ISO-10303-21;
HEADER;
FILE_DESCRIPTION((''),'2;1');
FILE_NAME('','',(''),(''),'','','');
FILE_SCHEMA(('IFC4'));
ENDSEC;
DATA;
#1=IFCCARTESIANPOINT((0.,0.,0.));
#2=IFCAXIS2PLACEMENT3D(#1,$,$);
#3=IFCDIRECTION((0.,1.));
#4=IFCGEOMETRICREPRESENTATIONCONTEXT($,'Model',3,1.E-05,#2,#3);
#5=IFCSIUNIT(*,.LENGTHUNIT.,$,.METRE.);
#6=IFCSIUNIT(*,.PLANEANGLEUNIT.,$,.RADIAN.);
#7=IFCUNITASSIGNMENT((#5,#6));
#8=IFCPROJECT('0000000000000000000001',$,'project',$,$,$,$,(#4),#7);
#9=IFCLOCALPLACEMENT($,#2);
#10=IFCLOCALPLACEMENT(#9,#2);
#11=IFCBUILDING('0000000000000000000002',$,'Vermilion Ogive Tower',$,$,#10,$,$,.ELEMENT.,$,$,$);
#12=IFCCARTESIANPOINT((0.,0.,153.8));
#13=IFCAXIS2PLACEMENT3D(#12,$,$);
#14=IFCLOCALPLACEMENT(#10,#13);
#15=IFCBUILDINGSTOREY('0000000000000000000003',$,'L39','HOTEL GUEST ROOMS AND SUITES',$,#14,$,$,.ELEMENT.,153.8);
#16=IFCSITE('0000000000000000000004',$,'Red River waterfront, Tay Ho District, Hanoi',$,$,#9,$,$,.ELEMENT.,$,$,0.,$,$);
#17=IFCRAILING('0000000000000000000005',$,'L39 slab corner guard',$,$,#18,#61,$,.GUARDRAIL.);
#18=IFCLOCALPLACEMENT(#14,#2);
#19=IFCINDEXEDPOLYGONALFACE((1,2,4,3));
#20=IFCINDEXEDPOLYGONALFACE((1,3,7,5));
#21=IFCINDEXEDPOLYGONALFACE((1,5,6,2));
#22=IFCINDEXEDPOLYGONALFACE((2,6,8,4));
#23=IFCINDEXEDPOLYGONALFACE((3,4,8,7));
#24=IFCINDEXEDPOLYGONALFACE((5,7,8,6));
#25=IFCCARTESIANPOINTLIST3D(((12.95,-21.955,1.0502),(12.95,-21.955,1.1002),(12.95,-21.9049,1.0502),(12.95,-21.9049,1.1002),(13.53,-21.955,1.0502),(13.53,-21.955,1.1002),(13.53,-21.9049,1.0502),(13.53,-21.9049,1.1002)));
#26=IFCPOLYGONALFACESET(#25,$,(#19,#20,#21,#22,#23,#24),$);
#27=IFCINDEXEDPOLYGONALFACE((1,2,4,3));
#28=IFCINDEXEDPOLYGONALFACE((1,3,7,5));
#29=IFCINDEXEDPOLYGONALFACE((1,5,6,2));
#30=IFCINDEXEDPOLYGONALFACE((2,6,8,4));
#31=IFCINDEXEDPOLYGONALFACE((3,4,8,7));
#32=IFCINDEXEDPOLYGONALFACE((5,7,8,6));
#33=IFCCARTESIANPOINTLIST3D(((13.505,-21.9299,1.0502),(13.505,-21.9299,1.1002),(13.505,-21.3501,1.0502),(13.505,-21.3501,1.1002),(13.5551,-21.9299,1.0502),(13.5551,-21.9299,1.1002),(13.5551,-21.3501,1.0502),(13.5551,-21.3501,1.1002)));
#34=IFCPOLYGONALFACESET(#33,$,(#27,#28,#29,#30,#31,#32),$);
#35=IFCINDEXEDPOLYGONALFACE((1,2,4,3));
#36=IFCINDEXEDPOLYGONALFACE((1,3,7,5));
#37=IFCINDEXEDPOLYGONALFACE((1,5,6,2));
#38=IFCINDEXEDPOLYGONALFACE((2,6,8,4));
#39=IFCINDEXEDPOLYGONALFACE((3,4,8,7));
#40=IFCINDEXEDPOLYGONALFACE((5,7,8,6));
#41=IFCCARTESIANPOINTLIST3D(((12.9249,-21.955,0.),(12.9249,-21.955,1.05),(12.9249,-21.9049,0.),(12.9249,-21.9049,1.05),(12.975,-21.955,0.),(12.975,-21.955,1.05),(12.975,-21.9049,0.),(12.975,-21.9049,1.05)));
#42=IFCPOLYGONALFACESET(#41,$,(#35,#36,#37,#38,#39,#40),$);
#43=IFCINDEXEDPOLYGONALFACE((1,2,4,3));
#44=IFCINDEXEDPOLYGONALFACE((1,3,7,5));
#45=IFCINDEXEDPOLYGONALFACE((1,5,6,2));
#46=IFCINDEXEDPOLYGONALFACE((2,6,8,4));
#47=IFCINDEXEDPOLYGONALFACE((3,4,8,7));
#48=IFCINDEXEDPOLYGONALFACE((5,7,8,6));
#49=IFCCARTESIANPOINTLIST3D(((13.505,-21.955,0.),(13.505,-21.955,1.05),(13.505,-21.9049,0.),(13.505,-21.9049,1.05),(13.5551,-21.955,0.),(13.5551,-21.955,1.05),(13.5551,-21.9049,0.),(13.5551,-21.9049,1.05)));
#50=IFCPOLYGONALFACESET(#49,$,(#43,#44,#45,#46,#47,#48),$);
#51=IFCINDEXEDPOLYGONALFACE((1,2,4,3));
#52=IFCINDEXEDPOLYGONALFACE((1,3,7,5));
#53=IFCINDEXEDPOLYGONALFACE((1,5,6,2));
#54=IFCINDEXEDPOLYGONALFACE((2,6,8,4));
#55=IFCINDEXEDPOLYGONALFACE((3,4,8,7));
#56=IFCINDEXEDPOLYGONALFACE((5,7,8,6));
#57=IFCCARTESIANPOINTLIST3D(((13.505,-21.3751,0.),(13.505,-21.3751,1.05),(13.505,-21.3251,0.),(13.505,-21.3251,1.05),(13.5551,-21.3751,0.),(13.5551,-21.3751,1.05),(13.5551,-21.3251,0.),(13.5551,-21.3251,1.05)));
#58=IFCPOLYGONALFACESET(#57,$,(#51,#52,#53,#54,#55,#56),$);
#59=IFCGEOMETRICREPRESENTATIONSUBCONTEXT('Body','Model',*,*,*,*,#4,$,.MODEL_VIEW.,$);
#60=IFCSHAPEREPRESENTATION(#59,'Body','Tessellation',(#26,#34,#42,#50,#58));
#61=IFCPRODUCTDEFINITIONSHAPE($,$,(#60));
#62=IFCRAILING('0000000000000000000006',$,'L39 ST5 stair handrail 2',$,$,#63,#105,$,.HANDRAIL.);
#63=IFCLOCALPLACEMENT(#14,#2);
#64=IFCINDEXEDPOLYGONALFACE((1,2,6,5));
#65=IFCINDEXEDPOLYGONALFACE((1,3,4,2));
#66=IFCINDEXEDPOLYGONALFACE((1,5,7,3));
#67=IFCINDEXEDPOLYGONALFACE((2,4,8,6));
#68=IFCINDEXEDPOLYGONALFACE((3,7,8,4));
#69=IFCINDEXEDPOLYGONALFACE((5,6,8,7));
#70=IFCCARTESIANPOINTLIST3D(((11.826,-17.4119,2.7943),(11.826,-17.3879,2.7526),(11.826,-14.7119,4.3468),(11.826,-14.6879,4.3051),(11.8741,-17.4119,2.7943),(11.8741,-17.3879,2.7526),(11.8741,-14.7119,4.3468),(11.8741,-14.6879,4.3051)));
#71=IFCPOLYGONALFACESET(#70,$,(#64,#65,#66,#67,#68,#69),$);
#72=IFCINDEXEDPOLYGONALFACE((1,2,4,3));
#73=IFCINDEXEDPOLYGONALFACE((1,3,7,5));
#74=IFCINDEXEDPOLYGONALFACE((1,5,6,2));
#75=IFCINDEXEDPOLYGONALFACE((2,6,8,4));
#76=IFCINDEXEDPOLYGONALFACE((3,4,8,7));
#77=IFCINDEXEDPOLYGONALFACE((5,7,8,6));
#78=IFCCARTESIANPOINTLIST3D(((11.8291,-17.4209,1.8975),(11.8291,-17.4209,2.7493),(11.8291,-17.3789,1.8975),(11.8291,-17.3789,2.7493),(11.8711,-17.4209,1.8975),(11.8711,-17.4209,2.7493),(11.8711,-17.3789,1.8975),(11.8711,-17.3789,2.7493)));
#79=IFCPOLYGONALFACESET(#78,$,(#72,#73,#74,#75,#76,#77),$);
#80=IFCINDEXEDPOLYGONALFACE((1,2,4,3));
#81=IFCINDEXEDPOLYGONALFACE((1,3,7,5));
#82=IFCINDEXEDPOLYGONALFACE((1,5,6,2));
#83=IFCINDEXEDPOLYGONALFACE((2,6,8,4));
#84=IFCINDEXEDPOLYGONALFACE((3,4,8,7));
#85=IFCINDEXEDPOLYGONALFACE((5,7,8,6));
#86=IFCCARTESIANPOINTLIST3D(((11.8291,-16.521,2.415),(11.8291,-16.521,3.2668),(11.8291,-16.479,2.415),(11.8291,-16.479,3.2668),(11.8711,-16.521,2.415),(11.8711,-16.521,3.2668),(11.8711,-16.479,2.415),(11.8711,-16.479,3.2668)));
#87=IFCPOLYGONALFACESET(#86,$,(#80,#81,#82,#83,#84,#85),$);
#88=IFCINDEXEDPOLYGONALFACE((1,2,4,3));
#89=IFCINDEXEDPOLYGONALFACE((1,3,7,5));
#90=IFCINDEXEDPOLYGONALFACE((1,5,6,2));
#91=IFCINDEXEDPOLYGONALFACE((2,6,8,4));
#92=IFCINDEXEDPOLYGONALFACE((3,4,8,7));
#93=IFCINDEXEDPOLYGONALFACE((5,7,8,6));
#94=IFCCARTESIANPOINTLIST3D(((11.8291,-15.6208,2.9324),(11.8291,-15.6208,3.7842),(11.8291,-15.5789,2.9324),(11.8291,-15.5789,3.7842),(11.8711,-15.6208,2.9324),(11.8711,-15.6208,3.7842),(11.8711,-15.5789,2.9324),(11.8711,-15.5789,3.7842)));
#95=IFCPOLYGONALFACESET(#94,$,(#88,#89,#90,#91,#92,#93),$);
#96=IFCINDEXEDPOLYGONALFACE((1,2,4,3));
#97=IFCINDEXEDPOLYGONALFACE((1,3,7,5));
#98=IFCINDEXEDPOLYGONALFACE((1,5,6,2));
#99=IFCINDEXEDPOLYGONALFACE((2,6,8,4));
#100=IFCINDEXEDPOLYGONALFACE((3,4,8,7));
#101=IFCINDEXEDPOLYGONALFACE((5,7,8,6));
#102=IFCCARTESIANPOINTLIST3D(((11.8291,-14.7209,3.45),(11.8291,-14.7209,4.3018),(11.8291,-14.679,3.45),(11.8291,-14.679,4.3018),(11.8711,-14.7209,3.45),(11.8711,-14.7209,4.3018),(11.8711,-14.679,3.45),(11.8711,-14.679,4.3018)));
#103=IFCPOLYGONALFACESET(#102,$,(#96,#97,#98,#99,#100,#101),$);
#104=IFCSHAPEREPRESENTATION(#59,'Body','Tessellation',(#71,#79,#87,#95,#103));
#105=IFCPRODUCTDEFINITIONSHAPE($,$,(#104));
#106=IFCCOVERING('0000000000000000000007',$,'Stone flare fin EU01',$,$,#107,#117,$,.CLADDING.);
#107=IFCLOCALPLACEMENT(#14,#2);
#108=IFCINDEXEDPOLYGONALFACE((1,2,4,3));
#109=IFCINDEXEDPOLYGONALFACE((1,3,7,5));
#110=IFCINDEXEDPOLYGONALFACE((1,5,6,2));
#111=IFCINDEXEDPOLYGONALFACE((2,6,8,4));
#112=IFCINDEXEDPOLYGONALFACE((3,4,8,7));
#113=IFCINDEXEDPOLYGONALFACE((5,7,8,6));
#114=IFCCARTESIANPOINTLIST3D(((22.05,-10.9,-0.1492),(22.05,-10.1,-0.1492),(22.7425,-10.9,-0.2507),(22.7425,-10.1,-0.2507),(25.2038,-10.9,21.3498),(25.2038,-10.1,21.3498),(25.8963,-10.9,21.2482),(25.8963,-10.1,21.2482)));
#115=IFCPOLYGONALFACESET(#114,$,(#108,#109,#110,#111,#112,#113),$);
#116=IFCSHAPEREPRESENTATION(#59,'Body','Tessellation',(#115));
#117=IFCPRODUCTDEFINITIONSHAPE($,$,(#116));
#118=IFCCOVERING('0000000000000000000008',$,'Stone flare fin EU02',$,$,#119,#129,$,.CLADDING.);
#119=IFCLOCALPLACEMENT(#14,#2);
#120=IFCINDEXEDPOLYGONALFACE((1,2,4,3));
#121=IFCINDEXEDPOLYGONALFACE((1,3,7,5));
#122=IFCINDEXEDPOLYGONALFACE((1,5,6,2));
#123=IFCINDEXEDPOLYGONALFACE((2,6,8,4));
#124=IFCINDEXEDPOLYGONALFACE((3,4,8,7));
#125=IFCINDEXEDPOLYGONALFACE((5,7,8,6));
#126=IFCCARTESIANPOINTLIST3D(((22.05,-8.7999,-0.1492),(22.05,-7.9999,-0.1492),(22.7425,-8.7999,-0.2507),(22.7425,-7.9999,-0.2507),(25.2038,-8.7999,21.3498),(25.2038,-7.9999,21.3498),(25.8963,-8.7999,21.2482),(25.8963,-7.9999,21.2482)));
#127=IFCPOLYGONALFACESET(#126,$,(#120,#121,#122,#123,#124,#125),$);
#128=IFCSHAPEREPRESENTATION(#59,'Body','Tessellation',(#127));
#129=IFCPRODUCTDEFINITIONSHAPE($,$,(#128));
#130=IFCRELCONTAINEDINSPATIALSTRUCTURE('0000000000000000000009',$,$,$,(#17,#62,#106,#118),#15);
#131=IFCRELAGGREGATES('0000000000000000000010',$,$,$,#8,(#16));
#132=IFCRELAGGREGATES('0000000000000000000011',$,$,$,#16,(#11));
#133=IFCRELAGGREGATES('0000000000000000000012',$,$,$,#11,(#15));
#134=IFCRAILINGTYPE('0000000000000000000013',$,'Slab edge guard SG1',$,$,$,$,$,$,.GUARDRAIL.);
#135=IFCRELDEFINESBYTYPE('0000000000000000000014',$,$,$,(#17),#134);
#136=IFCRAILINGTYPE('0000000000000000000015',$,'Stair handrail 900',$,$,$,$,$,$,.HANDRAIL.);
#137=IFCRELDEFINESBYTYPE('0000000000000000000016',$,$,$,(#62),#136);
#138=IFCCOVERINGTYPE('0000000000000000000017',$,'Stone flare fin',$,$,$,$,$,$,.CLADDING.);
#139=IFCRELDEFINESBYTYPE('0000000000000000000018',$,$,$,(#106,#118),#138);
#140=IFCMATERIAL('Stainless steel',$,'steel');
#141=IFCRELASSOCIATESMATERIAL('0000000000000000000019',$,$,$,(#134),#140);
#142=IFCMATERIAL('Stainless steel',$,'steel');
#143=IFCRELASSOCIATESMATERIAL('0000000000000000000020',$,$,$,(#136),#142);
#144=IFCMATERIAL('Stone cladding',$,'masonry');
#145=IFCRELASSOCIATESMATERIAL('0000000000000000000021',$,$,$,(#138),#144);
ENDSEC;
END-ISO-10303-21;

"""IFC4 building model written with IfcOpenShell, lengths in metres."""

from ifc_helpers import new_model, si_unit, direction, frame, origin, origin_2d, place, context, subcontext, project, spatial, rectangle, extrude, material, material_profile, profile_set, type_object, element, save


model = new_model("IFC4")

# Units and contexts
model_context = context("Model", 3, precision=1e-05, world=origin(), true_north=direction((0.0, 1.0)))
body_context = subcontext(model_context, "Body", "Model", "MODEL_VIEW")
ifc_project = project(units=[si_unit("LENGTHUNIT", "METRE"), si_unit("PLANEANGLEUNIT", "RADIAN")], contexts=[model_context])

# Site, building, storey
site_placement = place(None, origin())
site = spatial("IfcSite", under=ifc_project, at=site_placement, Name="Red River waterfront, Tay Ho District, Hanoi", CompositionType="ELEMENT", RefElevation=0.0)
building_placement = place(site_placement, origin())
building = spatial("IfcBuilding", under=site, at=building_placement, Name="Vermilion Ogive Tower", CompositionType="ELEMENT")
storey_placement = place(building_placement, frame((0.0, 0.0, 153.8)))
storey = spatial("IfcBuildingStorey", under=building, at=storey_placement, Name="L39", Description="HOTEL GUEST ROOMS AND SUITES", CompositionType="ELEMENT", Elevation=153.8)

# Railings
ifc_material_1 = material(Name="Stainless steel", Category="steel")
railing_type_1 = type_object("IfcRailingType", Name="Slab edge guard SG1", PredefinedType="GUARDRAIL", material=ifc_material_1)
railing_1_placement = place(storey_placement, frame((12.95, -21.9299, 0.0)))
element("IfcRailing", 1, at=railing_1_placement, inside=storey, type_object=railing_type_1, Name="L39 slab corner guard", PredefinedType="GUARDRAIL", context=body_context, shape_type="SweptSolid", body=[
    extrude(rectangle(XDim=0.05, YDim=0.05, at=origin_2d()), frame((0.0, 0.0, 1.0752), z_axis=(1.0, 0.0, 0.0), x_axis=(0.0, 1.0, 0.0)), (0.0, 0.0, 1.0), 0.5801),
    extrude(rectangle(XDim=0.05, YDim=0.05, at=origin_2d()), frame((0.5801, 0.0, 1.0752), z_axis=(0.0, 1.0, 0.0), x_axis=(-1.0, 0.0, 0.0)), (0.0, 0.0, 1.0), 0.5798),
    extrude(rectangle(XDim=0.05, YDim=0.05, at=origin_2d()), origin(), (0.0, 0.0, 1.0), 1.05),
    extrude(rectangle(XDim=0.05, YDim=0.05, at=origin_2d()), frame((0.5801, 0.0, 0.0)), (0.0, 0.0, 1.0), 1.05),
    extrude(rectangle(XDim=0.05, YDim=0.05, at=origin_2d()), frame((0.5801, 0.5798, 0.0)), (0.0, 0.0, 1.0), 1.05),
])
ifc_material_2 = material(Name="Stainless steel", Category="steel")
railing_type_2 = type_object("IfcRailingType", Name="Stair handrail 900", PredefinedType="HANDRAIL", material=ifc_material_2)
railing_2_placement = place(storey_placement, frame((11.8501, -17.3999, 1.8975)))
element("IfcRailing", 2, at=railing_2_placement, inside=storey, type_object=railing_type_2, Name="L39 ST5 stair handrail 2", PredefinedType="HANDRAIL", context=body_context, shape_type="SweptSolid", body=[
    extrude(rectangle(XDim=0.0481, YDim=0.0481, at=origin_2d()), frame((0.0, 0.0, 0.876), z_axis=(0.0, 0.866904, 0.498476), x_axis=(-1.0, 0.0, 0.0)), (0.0, 0.0, 1.0), 3.1145),
    extrude(rectangle(XDim=0.042, YDim=0.042, at=origin_2d()), origin(), (0.0, 0.0, 1.0), 0.8518),
    extrude(rectangle(XDim=0.042, YDim=0.042, at=origin_2d()), frame((0.0, 0.8999, 0.5176)), (0.0, 0.0, 1.0), 0.8518),
    extrude(rectangle(XDim=0.042, YDim=0.042, at=origin_2d()), frame((0.0, 1.8, 1.0349)), (0.0, 0.0, 1.0), 0.8518),
    extrude(rectangle(XDim=0.042, YDim=0.042, at=origin_2d()), frame((0.0, 2.7, 1.5525)), (0.0, 0.0, 1.0), 0.8518),
])

# Coverings
ifc_material_3 = material(Name="Stone cladding", Category="masonry")
ifc_material_profile_1 = material_profile(ifc_material_3, rectangle(XDim=0.8, YDim=0.7, at=origin_2d()), Name="STONE 800x700")
ifc_profile_set_1 = profile_set([ifc_material_profile_1], Name="Stone cladding")
covering_type = type_object("IfcCoveringType", Name="Stone flare fin", PredefinedType="CLADDING", material=ifc_profile_set_1)
for number, where, z_axis, x_axis, name in (
    (3, (22.3962, -10.5, -0.2), (0.145142, 0.0, 0.989411), (0.0, 1.0, 0.0), "Stone flare fin EU01"),
    (4, (22.3962, -8.3999, -0.2), (0.145142, 0.0, 0.989411), (0.0, 1.0, 0.0), "Stone flare fin EU02"),
):
    element("IfcCovering", number, at=place(storey_placement, frame(where, z_axis=z_axis, x_axis=x_axis)), inside=storey, type_object=covering_type, Name=name, PredefinedType="CLADDING", context=body_context, shape_type="SweptSolid", body=[
        extrude(rectangle(XDim=0.8, YDim=0.7, at=origin_2d()), origin(), (0.0, 0.0, 1.0), 21.729),
    ])

save(model, "model.ifc")
